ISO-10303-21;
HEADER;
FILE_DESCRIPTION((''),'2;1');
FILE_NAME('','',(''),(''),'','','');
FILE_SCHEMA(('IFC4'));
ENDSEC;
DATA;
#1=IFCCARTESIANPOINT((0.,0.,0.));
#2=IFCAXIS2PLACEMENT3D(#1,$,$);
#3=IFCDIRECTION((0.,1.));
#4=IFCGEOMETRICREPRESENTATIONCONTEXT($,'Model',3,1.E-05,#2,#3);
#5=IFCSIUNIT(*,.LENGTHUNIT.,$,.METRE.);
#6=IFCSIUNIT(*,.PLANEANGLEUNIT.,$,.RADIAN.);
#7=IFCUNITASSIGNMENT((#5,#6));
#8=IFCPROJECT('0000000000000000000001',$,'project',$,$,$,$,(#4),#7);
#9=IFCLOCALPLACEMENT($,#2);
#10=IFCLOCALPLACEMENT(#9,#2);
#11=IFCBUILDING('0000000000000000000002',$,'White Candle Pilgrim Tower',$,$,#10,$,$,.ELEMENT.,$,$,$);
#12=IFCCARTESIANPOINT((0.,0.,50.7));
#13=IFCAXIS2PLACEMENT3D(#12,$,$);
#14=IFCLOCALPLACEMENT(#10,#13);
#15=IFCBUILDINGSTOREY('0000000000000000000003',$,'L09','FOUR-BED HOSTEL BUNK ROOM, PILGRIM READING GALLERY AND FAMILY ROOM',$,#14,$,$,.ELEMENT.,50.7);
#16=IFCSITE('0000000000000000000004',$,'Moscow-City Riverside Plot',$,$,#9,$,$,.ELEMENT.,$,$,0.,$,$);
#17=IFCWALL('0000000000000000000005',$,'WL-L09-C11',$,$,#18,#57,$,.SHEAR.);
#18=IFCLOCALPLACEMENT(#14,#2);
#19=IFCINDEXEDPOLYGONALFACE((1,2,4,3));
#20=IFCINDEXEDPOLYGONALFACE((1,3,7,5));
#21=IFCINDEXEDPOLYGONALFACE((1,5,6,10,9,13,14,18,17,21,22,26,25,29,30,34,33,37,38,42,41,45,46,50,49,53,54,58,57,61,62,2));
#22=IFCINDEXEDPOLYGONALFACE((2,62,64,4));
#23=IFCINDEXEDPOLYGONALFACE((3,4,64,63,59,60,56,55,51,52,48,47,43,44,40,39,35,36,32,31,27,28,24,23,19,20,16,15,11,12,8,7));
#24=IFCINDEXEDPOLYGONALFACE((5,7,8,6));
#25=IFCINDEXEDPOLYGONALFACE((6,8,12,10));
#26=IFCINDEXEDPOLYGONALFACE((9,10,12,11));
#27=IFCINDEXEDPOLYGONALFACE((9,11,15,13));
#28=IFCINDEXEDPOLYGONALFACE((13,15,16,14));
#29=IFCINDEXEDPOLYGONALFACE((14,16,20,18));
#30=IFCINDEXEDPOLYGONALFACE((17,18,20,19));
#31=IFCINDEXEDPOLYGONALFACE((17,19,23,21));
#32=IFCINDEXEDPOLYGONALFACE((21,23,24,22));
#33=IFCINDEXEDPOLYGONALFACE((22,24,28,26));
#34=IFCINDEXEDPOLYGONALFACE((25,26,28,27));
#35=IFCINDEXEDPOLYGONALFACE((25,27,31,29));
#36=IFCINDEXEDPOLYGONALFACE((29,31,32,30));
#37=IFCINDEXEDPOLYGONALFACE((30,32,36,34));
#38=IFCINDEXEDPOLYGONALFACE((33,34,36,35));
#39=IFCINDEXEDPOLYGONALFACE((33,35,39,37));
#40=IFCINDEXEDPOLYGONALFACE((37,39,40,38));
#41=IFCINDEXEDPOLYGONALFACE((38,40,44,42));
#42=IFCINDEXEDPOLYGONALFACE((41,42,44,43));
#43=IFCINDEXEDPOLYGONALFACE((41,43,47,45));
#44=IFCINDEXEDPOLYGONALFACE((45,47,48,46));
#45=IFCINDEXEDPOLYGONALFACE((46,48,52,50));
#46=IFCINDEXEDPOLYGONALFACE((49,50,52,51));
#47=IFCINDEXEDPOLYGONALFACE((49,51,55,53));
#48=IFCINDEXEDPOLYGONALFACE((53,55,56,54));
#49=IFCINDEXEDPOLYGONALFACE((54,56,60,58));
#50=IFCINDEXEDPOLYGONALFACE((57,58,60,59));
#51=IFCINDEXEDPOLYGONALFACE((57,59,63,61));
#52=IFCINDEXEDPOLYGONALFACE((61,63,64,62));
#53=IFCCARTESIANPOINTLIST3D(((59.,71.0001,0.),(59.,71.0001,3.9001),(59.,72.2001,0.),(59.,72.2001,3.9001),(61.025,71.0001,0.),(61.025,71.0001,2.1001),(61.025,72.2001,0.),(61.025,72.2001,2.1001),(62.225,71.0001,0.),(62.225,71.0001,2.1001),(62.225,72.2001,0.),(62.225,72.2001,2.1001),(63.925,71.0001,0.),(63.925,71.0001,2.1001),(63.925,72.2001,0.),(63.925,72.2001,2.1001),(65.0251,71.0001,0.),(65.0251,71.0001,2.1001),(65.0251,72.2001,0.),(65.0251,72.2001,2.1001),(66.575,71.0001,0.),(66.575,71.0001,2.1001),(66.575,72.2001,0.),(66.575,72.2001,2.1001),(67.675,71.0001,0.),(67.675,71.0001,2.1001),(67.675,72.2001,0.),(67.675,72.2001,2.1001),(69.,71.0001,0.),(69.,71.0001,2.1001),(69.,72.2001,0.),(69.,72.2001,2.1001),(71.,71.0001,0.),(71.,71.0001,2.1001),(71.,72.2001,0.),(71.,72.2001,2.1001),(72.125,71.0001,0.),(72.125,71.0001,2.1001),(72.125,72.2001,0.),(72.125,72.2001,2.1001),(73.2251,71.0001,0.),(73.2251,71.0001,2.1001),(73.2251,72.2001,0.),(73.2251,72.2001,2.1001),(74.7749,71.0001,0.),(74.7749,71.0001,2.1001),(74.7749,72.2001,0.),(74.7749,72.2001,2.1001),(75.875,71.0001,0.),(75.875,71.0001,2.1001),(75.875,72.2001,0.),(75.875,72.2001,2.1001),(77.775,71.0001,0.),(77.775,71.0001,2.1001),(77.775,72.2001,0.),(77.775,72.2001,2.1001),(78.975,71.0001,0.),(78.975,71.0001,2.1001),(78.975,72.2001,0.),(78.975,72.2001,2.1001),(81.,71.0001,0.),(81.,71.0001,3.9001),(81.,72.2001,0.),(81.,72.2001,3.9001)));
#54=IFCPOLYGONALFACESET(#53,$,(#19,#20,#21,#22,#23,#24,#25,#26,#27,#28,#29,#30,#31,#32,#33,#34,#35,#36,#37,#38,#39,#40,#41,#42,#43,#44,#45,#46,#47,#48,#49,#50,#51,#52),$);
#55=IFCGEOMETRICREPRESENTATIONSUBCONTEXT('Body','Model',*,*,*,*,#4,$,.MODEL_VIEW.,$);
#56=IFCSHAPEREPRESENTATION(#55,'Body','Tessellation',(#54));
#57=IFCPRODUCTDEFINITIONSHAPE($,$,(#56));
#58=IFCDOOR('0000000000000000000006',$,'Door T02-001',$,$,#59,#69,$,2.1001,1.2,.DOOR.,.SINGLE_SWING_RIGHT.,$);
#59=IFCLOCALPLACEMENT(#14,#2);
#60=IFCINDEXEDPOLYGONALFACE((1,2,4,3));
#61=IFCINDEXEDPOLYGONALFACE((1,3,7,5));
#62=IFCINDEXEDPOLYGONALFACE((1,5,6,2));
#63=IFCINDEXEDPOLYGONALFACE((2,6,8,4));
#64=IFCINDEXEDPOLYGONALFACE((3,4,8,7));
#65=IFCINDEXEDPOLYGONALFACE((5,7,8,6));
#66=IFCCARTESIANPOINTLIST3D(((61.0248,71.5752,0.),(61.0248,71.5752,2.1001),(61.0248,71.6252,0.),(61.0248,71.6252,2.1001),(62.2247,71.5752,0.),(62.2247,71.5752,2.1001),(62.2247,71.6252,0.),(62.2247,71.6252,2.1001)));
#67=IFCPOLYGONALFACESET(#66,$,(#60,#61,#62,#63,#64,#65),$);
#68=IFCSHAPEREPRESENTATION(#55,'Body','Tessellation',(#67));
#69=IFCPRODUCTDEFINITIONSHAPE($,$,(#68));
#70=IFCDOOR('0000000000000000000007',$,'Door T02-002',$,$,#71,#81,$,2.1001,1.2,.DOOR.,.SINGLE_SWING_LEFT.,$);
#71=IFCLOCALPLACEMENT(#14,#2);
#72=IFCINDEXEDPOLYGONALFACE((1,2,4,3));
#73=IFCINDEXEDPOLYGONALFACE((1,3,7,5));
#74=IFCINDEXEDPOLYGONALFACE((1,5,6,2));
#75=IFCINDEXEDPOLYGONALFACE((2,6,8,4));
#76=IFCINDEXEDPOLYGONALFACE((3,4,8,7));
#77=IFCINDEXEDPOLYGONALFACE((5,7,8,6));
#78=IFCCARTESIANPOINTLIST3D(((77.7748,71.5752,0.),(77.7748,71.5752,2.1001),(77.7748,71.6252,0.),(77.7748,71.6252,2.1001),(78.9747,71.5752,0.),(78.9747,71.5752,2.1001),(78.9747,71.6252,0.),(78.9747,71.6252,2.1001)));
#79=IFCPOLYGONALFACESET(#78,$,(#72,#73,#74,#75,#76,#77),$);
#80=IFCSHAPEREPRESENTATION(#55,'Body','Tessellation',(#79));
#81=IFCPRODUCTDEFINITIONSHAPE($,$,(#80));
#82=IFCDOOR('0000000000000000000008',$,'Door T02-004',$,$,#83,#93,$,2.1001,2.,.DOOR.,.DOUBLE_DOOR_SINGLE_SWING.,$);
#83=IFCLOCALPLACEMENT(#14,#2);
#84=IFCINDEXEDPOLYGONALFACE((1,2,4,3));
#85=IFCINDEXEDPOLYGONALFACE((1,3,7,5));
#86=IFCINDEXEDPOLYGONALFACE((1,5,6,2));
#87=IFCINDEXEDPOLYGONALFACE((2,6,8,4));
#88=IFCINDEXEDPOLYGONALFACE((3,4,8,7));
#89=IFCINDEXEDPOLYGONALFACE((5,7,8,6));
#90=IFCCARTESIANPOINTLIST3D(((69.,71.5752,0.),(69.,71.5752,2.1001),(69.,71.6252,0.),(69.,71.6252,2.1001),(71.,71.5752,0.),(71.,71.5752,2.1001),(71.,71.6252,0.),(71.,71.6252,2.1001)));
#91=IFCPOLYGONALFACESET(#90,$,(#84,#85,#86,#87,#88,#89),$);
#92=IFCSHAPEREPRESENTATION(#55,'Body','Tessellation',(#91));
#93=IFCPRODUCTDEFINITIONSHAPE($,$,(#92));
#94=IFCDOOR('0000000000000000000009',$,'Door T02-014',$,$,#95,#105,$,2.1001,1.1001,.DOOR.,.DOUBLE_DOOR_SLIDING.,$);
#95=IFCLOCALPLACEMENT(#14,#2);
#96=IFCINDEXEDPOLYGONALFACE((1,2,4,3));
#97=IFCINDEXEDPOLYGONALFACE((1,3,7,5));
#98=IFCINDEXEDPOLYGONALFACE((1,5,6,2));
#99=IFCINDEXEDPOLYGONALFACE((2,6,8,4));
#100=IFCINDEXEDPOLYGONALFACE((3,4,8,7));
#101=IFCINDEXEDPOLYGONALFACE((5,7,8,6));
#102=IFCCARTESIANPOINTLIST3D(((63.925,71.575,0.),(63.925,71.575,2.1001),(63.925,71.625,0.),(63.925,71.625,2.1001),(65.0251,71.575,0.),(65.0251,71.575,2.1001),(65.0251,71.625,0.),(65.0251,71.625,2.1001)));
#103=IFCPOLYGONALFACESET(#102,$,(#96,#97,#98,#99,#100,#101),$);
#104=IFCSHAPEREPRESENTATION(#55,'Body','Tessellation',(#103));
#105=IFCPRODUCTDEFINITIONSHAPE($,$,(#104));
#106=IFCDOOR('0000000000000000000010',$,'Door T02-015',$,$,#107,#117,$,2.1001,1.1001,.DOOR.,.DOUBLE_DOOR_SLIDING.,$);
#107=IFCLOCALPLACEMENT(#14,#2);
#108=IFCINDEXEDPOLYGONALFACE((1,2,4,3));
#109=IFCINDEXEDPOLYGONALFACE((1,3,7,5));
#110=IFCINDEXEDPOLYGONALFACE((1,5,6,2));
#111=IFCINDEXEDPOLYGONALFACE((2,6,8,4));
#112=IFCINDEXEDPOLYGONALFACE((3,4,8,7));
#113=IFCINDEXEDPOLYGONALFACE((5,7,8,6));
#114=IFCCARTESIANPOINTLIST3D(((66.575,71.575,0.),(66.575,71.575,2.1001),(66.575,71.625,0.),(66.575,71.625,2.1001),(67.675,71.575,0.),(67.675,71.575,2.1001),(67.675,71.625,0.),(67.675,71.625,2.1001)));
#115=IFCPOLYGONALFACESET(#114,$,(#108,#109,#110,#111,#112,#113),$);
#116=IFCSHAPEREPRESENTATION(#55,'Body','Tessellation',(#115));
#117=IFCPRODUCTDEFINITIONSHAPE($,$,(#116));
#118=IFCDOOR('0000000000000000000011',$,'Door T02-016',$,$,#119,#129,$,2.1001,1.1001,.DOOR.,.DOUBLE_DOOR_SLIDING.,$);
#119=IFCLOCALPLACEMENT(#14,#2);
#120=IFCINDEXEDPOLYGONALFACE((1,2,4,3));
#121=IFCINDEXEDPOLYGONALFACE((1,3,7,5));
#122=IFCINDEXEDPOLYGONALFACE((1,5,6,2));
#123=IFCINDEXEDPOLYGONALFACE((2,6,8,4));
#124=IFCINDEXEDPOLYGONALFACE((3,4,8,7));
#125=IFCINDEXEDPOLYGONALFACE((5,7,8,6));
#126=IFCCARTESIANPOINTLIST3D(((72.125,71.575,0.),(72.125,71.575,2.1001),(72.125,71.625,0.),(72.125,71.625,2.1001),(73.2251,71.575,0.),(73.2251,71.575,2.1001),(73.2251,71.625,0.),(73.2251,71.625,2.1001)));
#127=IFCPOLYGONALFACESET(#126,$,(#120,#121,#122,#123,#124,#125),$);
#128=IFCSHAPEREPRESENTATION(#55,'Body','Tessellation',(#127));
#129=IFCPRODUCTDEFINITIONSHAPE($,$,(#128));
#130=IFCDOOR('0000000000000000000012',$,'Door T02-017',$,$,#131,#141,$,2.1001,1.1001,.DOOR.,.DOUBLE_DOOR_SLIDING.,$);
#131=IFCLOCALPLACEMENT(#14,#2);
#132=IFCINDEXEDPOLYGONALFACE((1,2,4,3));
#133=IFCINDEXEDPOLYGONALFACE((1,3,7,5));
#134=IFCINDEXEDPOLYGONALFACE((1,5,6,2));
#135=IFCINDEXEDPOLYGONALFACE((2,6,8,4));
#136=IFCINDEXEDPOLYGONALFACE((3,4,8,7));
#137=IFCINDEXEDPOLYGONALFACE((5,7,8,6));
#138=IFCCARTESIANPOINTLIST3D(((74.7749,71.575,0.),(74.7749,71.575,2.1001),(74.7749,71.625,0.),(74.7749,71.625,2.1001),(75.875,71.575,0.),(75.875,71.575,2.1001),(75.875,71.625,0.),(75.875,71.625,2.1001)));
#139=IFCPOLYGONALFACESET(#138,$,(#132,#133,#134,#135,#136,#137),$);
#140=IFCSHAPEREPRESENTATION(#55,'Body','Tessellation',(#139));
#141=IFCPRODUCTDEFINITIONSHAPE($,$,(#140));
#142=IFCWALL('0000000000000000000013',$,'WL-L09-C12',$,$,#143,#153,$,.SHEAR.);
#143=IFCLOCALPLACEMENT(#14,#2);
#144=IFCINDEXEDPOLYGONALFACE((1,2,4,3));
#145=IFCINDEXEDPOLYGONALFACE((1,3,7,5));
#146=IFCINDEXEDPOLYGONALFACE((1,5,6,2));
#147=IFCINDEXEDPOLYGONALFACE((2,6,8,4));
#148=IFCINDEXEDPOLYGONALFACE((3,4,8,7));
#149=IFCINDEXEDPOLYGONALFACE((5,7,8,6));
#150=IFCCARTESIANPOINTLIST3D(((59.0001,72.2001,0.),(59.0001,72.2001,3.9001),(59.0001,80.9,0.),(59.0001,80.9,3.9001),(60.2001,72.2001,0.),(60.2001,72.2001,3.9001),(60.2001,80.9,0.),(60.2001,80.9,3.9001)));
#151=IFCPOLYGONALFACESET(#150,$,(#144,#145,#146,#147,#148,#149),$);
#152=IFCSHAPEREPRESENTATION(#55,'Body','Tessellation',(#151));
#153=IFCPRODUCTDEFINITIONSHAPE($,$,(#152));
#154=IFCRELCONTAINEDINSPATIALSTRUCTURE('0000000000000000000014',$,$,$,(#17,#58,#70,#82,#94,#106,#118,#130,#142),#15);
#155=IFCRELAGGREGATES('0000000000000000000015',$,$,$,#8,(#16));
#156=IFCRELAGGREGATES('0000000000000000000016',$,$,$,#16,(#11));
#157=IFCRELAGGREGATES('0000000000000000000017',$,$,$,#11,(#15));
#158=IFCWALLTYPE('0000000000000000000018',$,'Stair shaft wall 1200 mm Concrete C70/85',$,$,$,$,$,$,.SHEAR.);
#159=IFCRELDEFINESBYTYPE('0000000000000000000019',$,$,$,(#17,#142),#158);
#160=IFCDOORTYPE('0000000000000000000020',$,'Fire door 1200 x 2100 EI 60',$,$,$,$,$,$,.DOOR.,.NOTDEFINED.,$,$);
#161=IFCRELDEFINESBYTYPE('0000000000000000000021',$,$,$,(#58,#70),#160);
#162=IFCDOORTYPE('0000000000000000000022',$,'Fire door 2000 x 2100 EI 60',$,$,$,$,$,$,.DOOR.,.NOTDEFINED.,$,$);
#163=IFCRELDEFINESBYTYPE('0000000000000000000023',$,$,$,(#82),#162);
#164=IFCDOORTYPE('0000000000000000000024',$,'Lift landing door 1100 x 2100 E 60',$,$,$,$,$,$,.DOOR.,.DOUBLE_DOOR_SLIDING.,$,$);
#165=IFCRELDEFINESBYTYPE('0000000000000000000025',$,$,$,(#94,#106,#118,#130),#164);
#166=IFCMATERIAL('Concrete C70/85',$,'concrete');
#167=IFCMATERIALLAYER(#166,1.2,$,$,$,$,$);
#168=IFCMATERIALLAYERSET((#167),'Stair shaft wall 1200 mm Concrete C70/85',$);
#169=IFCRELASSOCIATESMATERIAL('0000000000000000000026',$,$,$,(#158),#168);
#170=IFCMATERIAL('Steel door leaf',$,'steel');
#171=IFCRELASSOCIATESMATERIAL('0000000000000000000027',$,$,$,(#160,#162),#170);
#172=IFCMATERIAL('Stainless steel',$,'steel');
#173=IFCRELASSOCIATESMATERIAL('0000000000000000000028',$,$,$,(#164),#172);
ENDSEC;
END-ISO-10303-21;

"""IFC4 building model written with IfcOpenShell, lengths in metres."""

from ifc_helpers import new_model, si_unit, direction, frame, frame_2d, origin, place, context, subcontext, project, spatial, rectangle, extrude, material, layer, layer_set, type_object, element, fill, save


model = new_model("IFC4")

# Units and contexts
model_context = context("Model", 3, precision=1e-05, world=origin(), true_north=direction((0.0, 1.0)))
body_context = subcontext(model_context, "Body", "Model", "MODEL_VIEW")
ifc_project = project(units=[si_unit("LENGTHUNIT", "METRE"), si_unit("PLANEANGLEUNIT", "RADIAN")], contexts=[model_context])

# Site, building, storey
site_placement = place(None, origin())
site = spatial("IfcSite", under=ifc_project, at=site_placement, Name="Moscow-City Riverside Plot", CompositionType="ELEMENT", RefElevation=0.0)
building_placement = place(site_placement, origin())
building = spatial("IfcBuilding", under=site, at=building_placement, Name="White Candle Pilgrim Tower", CompositionType="ELEMENT")
storey_placement = place(building_placement, frame((0.0, 0.0, 50.7)))
storey = spatial("IfcBuildingStorey", under=building, at=storey_placement, Name="L09", Description="FOUR-BED HOSTEL BUNK ROOM, PILGRIM READING GALLERY AND FAMILY ROOM", CompositionType="ELEMENT", Elevation=50.7)

# Shared definitions
ifc_material_1 = material(Name="Steel door leaf", Category="steel")

# Wall, openings, doors
ifc_material_2 = material(Name="Concrete C70/85", Category="concrete")
ifc_layer_1 = layer(ifc_material_2, 1.2)
ifc_layer_set_1 = layer_set([ifc_layer_1], Name="Stair shaft wall 1200 mm Concrete C70/85")
wall_type_1 = type_object("IfcWallType", Name="Stair shaft wall 1200 mm Concrete C70/85", PredefinedType="SHEAR", material=ifc_layer_set_1)
wall_1_placement = place(storey_placement, frame((59.0, 71.6001, 0.0), z_axis=(0.0, 0.0, 1.0), x_axis=(1.0, 0.0, 0.0)))
wall_1 = element("IfcWall", 1, at=wall_1_placement, inside=storey, type_object=wall_type_1, Name="WL-L09-C11", PredefinedType="SHEAR", context=body_context, shape_type="SweptSolid", body=[
    extrude(rectangle(XDim=22.0, YDim=1.2, at=frame_2d((11.0, 0.0))), origin(), (0.0, 0.0, 1.0), 3.9001),
])
opening_1_placement = place(wall_1_placement, frame((2.0249, 0.0, 0.0)))
opening_1 = element("IfcOpeningElement", 2, at=opening_1_placement, cuts=wall_1, PredefinedType="OPENING", context=body_context, shape_type="SweptSolid", body=[
    extrude(rectangle(XDim=1.2, YDim=2.1001, at=frame_2d((0.6001, 1.05))), frame((0.0, 0.6099, 0.0), z_axis=(0.0, -1.0, 0.0), x_axis=(1.0, 0.0, 0.0)), (0.0, 0.0, 1.0), 1.22),
])
opening_2_placement = place(wall_1_placement, frame((18.7749, 0.0, 0.0)))
opening_2 = element("IfcOpeningElement", 3, at=opening_2_placement, cuts=wall_1, PredefinedType="OPENING", context=body_context, shape_type="SweptSolid", body=[
    extrude(rectangle(XDim=1.2, YDim=2.1001, at=frame_2d((0.6001, 1.05))), frame((0.0, 0.6099, 0.0), z_axis=(0.0, -1.0, 0.0), x_axis=(1.0, 0.0, 0.0)), (0.0, 0.0, 1.0), 1.22),
])
opening_3_placement = place(wall_1_placement, frame((10.0, 0.0, 0.0)))
opening_3 = element("IfcOpeningElement", 4, at=opening_3_placement, cuts=wall_1, PredefinedType="OPENING", context=body_context, shape_type="SweptSolid", body=[
    extrude(rectangle(XDim=2.0, YDim=2.1001, at=frame_2d((1.0, 1.05))), frame((0.0, 0.6099, 0.0), z_axis=(0.0, -1.0, 0.0), x_axis=(1.0, 0.0, 0.0)), (0.0, 0.0, 1.0), 1.22),
])
opening_4_placement = place(wall_1_placement, frame((4.925, 0.0, 0.0)))
opening_4 = element("IfcOpeningElement", 5, at=opening_4_placement, cuts=wall_1, PredefinedType="OPENING", context=body_context, shape_type="SweptSolid", body=[
    extrude(rectangle(XDim=1.1001, YDim=2.1001, at=frame_2d((0.55, 1.05))), frame((0.0, 0.6099, 0.0), z_axis=(0.0, -1.0, 0.0), x_axis=(1.0, 0.0, 0.0)), (0.0, 0.0, 1.0), 1.22),
])
opening_5_placement = place(wall_1_placement, frame((7.575, 0.0, 0.0)))
opening_5 = element("IfcOpeningElement", 6, at=opening_5_placement, cuts=wall_1, PredefinedType="OPENING", context=body_context, shape_type="SweptSolid", body=[
    extrude(rectangle(XDim=1.1001, YDim=2.1001, at=frame_2d((0.55, 1.05))), frame((0.0, 0.6099, 0.0), z_axis=(0.0, -1.0, 0.0), x_axis=(1.0, 0.0, 0.0)), (0.0, 0.0, 1.0), 1.22),
])
opening_6_placement = place(wall_1_placement, frame((13.125, 0.0, 0.0)))
opening_6 = element("IfcOpeningElement", 7, at=opening_6_placement, cuts=wall_1, PredefinedType="OPENING", context=body_context, shape_type="SweptSolid", body=[
    extrude(rectangle(XDim=1.1001, YDim=2.1001, at=frame_2d((0.55, 1.05))), frame((0.0, 0.6099, 0.0), z_axis=(0.0, -1.0, 0.0), x_axis=(1.0, 0.0, 0.0)), (0.0, 0.0, 1.0), 1.22),
])
opening_7_placement = place(wall_1_placement, frame((15.7749, 0.0, 0.0)))
opening_7 = element("IfcOpeningElement", 8, at=opening_7_placement, cuts=wall_1, PredefinedType="OPENING", context=body_context, shape_type="SweptSolid", body=[
    extrude(rectangle(XDim=1.1001, YDim=2.1001, at=frame_2d((0.55, 1.05))), frame((0.0, 0.6099, 0.0), z_axis=(0.0, -1.0, 0.0), x_axis=(1.0, 0.0, 0.0)), (0.0, 0.0, 1.0), 1.22),
])
door_type_1 = type_object("IfcDoorType", Name="Fire door 1200 x 2100 EI 60", OperationType="NOTDEFINED", PredefinedType="DOOR", material=ifc_material_1)
door_1_placement = place(opening_1_placement, frame((1.2, 0.0, 0.0), z_axis=(0.0, 0.0, 1.0), x_axis=(-1.0, 0.0, 0.0)))
door_1 = element("IfcDoor", 9, at=door_1_placement, inside=storey, type_object=door_type_1, Name="Door T02-001", OperationType="SINGLE_SWING_RIGHT", OverallHeight=2.1001, OverallWidth=1.2, PredefinedType="DOOR", context=body_context, shape_type="SweptSolid", body=[
    extrude(rectangle(XDim=1.2, YDim=2.1001, at=frame_2d((0.6001, 1.05))), frame((0.0, 0.0249, 0.0), z_axis=(0.0, -1.0, 0.0), x_axis=(1.0, 0.0, 0.0)), (0.0, 0.0, 1.0), 0.05),
])
fill(opening_1, door_1)
door_2_placement = place(opening_2_placement, frame((1.2, 0.0, 0.0), z_axis=(0.0, 0.0, 1.0), x_axis=(-1.0, 0.0, 0.0)))
door_2 = element("IfcDoor", 10, at=door_2_placement, inside=storey, type_object=door_type_1, Name="Door T02-002", OperationType="SINGLE_SWING_LEFT", OverallHeight=2.1001, OverallWidth=1.2, PredefinedType="DOOR", context=body_context, shape_type="SweptSolid", body=[
    extrude(rectangle(XDim=1.2, YDim=2.1001, at=frame_2d((0.6001, 1.05))), frame((0.0, 0.0249, 0.0), z_axis=(0.0, -1.0, 0.0), x_axis=(1.0, 0.0, 0.0)), (0.0, 0.0, 1.0), 0.05),
])
fill(opening_2, door_2)
door_type_2 = type_object("IfcDoorType", Name="Fire door 2000 x 2100 EI 60", OperationType="NOTDEFINED", PredefinedType="DOOR", material=ifc_material_1)
door_3_placement = place(opening_3_placement, frame((2.0, 0.0, 0.0), z_axis=(0.0, 0.0, 1.0), x_axis=(-1.0, 0.0, 0.0)))
door_3 = element("IfcDoor", 11, at=door_3_placement, inside=storey, type_object=door_type_2, Name="Door T02-004", OperationType="DOUBLE_DOOR_SINGLE_SWING", OverallHeight=2.1001, OverallWidth=2.0, PredefinedType="DOOR", context=body_context, shape_type="SweptSolid", body=[
    extrude(rectangle(XDim=2.0, YDim=2.1001, at=frame_2d((1.0, 1.05))), frame((0.0, 0.0249, 0.0), z_axis=(0.0, -1.0, 0.0), x_axis=(1.0, 0.0, 0.0)), (0.0, 0.0, 1.0), 0.05),
])
fill(opening_3, door_3)
ifc_material_3 = material(Name="Stainless steel", Category="steel")
door_type_3 = type_object("IfcDoorType", Name="Lift landing door 1100 x 2100 E 60", OperationType="DOUBLE_DOOR_SLIDING", PredefinedType="DOOR", material=ifc_material_3)
door_4_placement = place(opening_4_placement, origin())
door_4 = element("IfcDoor", 12, at=door_4_placement, inside=storey, type_object=door_type_3, Name="Door T02-014", OperationType="DOUBLE_DOOR_SLIDING", OverallHeight=2.1001, OverallWidth=1.1001, PredefinedType="DOOR", context=body_context, shape_type="SweptSolid", body=[
    extrude(rectangle(XDim=1.1001, YDim=2.1001, at=frame_2d((0.55, 1.05))), frame((0.0, 0.0249, 0.0), z_axis=(0.0, -1.0, 0.0), x_axis=(1.0, 0.0, 0.0)), (0.0, 0.0, 1.0), 0.05),
])
fill(opening_4, door_4)
door_5_placement = place(opening_5_placement, origin())
door_5 = element("IfcDoor", 13, at=door_5_placement, inside=storey, type_object=door_type_3, Name="Door T02-015", OperationType="DOUBLE_DOOR_SLIDING", OverallHeight=2.1001, OverallWidth=1.1001, PredefinedType="DOOR", context=body_context, shape_type="SweptSolid", body=[
    extrude(rectangle(XDim=1.1001, YDim=2.1001, at=frame_2d((0.55, 1.05))), frame((0.0, 0.0249, 0.0), z_axis=(0.0, -1.0, 0.0), x_axis=(1.0, 0.0, 0.0)), (0.0, 0.0, 1.0), 0.05),
])
fill(opening_5, door_5)
door_6_placement = place(opening_6_placement, origin())
door_6 = element("IfcDoor", 14, at=door_6_placement, inside=storey, type_object=door_type_3, Name="Door T02-016", OperationType="DOUBLE_DOOR_SLIDING", OverallHeight=2.1001, OverallWidth=1.1001, PredefinedType="DOOR", context=body_context, shape_type="SweptSolid", body=[
    extrude(rectangle(XDim=1.1001, YDim=2.1001, at=frame_2d((0.55, 1.05))), frame((0.0, 0.0249, 0.0), z_axis=(0.0, -1.0, 0.0), x_axis=(1.0, 0.0, 0.0)), (0.0, 0.0, 1.0), 0.05),
])
fill(opening_6, door_6)
door_7_placement = place(opening_7_placement, origin())
door_7 = element("IfcDoor", 15, at=door_7_placement, inside=storey, type_object=door_type_3, Name="Door T02-017", OperationType="DOUBLE_DOOR_SLIDING", OverallHeight=2.1001, OverallWidth=1.1001, PredefinedType="DOOR", context=body_context, shape_type="SweptSolid", body=[
    extrude(rectangle(XDim=1.1001, YDim=2.1001, at=frame_2d((0.55, 1.05))), frame((0.0, 0.0249, 0.0), z_axis=(0.0, -1.0, 0.0), x_axis=(1.0, 0.0, 0.0)), (0.0, 0.0, 1.0), 0.05),
])
fill(opening_7, door_7)

# Wall
wall_2_placement = place(storey_placement, frame((59.6001, 72.2, 0.0), z_axis=(0.0, 0.0, 1.0), x_axis=(0.0, 1.0, 0.0)))
element("IfcWall", 16, at=wall_2_placement, inside=storey, type_object=wall_type_1, Name="WL-L09-C12", PredefinedType="SHEAR", context=body_context, shape_type="SweptSolid", body=[
    extrude(rectangle(XDim=8.7, YDim=1.2, at=frame_2d((4.3501, 0.0))), origin(), (0.0, 0.0, 1.0), 3.9001),
])

save(model, "model.ifc")
